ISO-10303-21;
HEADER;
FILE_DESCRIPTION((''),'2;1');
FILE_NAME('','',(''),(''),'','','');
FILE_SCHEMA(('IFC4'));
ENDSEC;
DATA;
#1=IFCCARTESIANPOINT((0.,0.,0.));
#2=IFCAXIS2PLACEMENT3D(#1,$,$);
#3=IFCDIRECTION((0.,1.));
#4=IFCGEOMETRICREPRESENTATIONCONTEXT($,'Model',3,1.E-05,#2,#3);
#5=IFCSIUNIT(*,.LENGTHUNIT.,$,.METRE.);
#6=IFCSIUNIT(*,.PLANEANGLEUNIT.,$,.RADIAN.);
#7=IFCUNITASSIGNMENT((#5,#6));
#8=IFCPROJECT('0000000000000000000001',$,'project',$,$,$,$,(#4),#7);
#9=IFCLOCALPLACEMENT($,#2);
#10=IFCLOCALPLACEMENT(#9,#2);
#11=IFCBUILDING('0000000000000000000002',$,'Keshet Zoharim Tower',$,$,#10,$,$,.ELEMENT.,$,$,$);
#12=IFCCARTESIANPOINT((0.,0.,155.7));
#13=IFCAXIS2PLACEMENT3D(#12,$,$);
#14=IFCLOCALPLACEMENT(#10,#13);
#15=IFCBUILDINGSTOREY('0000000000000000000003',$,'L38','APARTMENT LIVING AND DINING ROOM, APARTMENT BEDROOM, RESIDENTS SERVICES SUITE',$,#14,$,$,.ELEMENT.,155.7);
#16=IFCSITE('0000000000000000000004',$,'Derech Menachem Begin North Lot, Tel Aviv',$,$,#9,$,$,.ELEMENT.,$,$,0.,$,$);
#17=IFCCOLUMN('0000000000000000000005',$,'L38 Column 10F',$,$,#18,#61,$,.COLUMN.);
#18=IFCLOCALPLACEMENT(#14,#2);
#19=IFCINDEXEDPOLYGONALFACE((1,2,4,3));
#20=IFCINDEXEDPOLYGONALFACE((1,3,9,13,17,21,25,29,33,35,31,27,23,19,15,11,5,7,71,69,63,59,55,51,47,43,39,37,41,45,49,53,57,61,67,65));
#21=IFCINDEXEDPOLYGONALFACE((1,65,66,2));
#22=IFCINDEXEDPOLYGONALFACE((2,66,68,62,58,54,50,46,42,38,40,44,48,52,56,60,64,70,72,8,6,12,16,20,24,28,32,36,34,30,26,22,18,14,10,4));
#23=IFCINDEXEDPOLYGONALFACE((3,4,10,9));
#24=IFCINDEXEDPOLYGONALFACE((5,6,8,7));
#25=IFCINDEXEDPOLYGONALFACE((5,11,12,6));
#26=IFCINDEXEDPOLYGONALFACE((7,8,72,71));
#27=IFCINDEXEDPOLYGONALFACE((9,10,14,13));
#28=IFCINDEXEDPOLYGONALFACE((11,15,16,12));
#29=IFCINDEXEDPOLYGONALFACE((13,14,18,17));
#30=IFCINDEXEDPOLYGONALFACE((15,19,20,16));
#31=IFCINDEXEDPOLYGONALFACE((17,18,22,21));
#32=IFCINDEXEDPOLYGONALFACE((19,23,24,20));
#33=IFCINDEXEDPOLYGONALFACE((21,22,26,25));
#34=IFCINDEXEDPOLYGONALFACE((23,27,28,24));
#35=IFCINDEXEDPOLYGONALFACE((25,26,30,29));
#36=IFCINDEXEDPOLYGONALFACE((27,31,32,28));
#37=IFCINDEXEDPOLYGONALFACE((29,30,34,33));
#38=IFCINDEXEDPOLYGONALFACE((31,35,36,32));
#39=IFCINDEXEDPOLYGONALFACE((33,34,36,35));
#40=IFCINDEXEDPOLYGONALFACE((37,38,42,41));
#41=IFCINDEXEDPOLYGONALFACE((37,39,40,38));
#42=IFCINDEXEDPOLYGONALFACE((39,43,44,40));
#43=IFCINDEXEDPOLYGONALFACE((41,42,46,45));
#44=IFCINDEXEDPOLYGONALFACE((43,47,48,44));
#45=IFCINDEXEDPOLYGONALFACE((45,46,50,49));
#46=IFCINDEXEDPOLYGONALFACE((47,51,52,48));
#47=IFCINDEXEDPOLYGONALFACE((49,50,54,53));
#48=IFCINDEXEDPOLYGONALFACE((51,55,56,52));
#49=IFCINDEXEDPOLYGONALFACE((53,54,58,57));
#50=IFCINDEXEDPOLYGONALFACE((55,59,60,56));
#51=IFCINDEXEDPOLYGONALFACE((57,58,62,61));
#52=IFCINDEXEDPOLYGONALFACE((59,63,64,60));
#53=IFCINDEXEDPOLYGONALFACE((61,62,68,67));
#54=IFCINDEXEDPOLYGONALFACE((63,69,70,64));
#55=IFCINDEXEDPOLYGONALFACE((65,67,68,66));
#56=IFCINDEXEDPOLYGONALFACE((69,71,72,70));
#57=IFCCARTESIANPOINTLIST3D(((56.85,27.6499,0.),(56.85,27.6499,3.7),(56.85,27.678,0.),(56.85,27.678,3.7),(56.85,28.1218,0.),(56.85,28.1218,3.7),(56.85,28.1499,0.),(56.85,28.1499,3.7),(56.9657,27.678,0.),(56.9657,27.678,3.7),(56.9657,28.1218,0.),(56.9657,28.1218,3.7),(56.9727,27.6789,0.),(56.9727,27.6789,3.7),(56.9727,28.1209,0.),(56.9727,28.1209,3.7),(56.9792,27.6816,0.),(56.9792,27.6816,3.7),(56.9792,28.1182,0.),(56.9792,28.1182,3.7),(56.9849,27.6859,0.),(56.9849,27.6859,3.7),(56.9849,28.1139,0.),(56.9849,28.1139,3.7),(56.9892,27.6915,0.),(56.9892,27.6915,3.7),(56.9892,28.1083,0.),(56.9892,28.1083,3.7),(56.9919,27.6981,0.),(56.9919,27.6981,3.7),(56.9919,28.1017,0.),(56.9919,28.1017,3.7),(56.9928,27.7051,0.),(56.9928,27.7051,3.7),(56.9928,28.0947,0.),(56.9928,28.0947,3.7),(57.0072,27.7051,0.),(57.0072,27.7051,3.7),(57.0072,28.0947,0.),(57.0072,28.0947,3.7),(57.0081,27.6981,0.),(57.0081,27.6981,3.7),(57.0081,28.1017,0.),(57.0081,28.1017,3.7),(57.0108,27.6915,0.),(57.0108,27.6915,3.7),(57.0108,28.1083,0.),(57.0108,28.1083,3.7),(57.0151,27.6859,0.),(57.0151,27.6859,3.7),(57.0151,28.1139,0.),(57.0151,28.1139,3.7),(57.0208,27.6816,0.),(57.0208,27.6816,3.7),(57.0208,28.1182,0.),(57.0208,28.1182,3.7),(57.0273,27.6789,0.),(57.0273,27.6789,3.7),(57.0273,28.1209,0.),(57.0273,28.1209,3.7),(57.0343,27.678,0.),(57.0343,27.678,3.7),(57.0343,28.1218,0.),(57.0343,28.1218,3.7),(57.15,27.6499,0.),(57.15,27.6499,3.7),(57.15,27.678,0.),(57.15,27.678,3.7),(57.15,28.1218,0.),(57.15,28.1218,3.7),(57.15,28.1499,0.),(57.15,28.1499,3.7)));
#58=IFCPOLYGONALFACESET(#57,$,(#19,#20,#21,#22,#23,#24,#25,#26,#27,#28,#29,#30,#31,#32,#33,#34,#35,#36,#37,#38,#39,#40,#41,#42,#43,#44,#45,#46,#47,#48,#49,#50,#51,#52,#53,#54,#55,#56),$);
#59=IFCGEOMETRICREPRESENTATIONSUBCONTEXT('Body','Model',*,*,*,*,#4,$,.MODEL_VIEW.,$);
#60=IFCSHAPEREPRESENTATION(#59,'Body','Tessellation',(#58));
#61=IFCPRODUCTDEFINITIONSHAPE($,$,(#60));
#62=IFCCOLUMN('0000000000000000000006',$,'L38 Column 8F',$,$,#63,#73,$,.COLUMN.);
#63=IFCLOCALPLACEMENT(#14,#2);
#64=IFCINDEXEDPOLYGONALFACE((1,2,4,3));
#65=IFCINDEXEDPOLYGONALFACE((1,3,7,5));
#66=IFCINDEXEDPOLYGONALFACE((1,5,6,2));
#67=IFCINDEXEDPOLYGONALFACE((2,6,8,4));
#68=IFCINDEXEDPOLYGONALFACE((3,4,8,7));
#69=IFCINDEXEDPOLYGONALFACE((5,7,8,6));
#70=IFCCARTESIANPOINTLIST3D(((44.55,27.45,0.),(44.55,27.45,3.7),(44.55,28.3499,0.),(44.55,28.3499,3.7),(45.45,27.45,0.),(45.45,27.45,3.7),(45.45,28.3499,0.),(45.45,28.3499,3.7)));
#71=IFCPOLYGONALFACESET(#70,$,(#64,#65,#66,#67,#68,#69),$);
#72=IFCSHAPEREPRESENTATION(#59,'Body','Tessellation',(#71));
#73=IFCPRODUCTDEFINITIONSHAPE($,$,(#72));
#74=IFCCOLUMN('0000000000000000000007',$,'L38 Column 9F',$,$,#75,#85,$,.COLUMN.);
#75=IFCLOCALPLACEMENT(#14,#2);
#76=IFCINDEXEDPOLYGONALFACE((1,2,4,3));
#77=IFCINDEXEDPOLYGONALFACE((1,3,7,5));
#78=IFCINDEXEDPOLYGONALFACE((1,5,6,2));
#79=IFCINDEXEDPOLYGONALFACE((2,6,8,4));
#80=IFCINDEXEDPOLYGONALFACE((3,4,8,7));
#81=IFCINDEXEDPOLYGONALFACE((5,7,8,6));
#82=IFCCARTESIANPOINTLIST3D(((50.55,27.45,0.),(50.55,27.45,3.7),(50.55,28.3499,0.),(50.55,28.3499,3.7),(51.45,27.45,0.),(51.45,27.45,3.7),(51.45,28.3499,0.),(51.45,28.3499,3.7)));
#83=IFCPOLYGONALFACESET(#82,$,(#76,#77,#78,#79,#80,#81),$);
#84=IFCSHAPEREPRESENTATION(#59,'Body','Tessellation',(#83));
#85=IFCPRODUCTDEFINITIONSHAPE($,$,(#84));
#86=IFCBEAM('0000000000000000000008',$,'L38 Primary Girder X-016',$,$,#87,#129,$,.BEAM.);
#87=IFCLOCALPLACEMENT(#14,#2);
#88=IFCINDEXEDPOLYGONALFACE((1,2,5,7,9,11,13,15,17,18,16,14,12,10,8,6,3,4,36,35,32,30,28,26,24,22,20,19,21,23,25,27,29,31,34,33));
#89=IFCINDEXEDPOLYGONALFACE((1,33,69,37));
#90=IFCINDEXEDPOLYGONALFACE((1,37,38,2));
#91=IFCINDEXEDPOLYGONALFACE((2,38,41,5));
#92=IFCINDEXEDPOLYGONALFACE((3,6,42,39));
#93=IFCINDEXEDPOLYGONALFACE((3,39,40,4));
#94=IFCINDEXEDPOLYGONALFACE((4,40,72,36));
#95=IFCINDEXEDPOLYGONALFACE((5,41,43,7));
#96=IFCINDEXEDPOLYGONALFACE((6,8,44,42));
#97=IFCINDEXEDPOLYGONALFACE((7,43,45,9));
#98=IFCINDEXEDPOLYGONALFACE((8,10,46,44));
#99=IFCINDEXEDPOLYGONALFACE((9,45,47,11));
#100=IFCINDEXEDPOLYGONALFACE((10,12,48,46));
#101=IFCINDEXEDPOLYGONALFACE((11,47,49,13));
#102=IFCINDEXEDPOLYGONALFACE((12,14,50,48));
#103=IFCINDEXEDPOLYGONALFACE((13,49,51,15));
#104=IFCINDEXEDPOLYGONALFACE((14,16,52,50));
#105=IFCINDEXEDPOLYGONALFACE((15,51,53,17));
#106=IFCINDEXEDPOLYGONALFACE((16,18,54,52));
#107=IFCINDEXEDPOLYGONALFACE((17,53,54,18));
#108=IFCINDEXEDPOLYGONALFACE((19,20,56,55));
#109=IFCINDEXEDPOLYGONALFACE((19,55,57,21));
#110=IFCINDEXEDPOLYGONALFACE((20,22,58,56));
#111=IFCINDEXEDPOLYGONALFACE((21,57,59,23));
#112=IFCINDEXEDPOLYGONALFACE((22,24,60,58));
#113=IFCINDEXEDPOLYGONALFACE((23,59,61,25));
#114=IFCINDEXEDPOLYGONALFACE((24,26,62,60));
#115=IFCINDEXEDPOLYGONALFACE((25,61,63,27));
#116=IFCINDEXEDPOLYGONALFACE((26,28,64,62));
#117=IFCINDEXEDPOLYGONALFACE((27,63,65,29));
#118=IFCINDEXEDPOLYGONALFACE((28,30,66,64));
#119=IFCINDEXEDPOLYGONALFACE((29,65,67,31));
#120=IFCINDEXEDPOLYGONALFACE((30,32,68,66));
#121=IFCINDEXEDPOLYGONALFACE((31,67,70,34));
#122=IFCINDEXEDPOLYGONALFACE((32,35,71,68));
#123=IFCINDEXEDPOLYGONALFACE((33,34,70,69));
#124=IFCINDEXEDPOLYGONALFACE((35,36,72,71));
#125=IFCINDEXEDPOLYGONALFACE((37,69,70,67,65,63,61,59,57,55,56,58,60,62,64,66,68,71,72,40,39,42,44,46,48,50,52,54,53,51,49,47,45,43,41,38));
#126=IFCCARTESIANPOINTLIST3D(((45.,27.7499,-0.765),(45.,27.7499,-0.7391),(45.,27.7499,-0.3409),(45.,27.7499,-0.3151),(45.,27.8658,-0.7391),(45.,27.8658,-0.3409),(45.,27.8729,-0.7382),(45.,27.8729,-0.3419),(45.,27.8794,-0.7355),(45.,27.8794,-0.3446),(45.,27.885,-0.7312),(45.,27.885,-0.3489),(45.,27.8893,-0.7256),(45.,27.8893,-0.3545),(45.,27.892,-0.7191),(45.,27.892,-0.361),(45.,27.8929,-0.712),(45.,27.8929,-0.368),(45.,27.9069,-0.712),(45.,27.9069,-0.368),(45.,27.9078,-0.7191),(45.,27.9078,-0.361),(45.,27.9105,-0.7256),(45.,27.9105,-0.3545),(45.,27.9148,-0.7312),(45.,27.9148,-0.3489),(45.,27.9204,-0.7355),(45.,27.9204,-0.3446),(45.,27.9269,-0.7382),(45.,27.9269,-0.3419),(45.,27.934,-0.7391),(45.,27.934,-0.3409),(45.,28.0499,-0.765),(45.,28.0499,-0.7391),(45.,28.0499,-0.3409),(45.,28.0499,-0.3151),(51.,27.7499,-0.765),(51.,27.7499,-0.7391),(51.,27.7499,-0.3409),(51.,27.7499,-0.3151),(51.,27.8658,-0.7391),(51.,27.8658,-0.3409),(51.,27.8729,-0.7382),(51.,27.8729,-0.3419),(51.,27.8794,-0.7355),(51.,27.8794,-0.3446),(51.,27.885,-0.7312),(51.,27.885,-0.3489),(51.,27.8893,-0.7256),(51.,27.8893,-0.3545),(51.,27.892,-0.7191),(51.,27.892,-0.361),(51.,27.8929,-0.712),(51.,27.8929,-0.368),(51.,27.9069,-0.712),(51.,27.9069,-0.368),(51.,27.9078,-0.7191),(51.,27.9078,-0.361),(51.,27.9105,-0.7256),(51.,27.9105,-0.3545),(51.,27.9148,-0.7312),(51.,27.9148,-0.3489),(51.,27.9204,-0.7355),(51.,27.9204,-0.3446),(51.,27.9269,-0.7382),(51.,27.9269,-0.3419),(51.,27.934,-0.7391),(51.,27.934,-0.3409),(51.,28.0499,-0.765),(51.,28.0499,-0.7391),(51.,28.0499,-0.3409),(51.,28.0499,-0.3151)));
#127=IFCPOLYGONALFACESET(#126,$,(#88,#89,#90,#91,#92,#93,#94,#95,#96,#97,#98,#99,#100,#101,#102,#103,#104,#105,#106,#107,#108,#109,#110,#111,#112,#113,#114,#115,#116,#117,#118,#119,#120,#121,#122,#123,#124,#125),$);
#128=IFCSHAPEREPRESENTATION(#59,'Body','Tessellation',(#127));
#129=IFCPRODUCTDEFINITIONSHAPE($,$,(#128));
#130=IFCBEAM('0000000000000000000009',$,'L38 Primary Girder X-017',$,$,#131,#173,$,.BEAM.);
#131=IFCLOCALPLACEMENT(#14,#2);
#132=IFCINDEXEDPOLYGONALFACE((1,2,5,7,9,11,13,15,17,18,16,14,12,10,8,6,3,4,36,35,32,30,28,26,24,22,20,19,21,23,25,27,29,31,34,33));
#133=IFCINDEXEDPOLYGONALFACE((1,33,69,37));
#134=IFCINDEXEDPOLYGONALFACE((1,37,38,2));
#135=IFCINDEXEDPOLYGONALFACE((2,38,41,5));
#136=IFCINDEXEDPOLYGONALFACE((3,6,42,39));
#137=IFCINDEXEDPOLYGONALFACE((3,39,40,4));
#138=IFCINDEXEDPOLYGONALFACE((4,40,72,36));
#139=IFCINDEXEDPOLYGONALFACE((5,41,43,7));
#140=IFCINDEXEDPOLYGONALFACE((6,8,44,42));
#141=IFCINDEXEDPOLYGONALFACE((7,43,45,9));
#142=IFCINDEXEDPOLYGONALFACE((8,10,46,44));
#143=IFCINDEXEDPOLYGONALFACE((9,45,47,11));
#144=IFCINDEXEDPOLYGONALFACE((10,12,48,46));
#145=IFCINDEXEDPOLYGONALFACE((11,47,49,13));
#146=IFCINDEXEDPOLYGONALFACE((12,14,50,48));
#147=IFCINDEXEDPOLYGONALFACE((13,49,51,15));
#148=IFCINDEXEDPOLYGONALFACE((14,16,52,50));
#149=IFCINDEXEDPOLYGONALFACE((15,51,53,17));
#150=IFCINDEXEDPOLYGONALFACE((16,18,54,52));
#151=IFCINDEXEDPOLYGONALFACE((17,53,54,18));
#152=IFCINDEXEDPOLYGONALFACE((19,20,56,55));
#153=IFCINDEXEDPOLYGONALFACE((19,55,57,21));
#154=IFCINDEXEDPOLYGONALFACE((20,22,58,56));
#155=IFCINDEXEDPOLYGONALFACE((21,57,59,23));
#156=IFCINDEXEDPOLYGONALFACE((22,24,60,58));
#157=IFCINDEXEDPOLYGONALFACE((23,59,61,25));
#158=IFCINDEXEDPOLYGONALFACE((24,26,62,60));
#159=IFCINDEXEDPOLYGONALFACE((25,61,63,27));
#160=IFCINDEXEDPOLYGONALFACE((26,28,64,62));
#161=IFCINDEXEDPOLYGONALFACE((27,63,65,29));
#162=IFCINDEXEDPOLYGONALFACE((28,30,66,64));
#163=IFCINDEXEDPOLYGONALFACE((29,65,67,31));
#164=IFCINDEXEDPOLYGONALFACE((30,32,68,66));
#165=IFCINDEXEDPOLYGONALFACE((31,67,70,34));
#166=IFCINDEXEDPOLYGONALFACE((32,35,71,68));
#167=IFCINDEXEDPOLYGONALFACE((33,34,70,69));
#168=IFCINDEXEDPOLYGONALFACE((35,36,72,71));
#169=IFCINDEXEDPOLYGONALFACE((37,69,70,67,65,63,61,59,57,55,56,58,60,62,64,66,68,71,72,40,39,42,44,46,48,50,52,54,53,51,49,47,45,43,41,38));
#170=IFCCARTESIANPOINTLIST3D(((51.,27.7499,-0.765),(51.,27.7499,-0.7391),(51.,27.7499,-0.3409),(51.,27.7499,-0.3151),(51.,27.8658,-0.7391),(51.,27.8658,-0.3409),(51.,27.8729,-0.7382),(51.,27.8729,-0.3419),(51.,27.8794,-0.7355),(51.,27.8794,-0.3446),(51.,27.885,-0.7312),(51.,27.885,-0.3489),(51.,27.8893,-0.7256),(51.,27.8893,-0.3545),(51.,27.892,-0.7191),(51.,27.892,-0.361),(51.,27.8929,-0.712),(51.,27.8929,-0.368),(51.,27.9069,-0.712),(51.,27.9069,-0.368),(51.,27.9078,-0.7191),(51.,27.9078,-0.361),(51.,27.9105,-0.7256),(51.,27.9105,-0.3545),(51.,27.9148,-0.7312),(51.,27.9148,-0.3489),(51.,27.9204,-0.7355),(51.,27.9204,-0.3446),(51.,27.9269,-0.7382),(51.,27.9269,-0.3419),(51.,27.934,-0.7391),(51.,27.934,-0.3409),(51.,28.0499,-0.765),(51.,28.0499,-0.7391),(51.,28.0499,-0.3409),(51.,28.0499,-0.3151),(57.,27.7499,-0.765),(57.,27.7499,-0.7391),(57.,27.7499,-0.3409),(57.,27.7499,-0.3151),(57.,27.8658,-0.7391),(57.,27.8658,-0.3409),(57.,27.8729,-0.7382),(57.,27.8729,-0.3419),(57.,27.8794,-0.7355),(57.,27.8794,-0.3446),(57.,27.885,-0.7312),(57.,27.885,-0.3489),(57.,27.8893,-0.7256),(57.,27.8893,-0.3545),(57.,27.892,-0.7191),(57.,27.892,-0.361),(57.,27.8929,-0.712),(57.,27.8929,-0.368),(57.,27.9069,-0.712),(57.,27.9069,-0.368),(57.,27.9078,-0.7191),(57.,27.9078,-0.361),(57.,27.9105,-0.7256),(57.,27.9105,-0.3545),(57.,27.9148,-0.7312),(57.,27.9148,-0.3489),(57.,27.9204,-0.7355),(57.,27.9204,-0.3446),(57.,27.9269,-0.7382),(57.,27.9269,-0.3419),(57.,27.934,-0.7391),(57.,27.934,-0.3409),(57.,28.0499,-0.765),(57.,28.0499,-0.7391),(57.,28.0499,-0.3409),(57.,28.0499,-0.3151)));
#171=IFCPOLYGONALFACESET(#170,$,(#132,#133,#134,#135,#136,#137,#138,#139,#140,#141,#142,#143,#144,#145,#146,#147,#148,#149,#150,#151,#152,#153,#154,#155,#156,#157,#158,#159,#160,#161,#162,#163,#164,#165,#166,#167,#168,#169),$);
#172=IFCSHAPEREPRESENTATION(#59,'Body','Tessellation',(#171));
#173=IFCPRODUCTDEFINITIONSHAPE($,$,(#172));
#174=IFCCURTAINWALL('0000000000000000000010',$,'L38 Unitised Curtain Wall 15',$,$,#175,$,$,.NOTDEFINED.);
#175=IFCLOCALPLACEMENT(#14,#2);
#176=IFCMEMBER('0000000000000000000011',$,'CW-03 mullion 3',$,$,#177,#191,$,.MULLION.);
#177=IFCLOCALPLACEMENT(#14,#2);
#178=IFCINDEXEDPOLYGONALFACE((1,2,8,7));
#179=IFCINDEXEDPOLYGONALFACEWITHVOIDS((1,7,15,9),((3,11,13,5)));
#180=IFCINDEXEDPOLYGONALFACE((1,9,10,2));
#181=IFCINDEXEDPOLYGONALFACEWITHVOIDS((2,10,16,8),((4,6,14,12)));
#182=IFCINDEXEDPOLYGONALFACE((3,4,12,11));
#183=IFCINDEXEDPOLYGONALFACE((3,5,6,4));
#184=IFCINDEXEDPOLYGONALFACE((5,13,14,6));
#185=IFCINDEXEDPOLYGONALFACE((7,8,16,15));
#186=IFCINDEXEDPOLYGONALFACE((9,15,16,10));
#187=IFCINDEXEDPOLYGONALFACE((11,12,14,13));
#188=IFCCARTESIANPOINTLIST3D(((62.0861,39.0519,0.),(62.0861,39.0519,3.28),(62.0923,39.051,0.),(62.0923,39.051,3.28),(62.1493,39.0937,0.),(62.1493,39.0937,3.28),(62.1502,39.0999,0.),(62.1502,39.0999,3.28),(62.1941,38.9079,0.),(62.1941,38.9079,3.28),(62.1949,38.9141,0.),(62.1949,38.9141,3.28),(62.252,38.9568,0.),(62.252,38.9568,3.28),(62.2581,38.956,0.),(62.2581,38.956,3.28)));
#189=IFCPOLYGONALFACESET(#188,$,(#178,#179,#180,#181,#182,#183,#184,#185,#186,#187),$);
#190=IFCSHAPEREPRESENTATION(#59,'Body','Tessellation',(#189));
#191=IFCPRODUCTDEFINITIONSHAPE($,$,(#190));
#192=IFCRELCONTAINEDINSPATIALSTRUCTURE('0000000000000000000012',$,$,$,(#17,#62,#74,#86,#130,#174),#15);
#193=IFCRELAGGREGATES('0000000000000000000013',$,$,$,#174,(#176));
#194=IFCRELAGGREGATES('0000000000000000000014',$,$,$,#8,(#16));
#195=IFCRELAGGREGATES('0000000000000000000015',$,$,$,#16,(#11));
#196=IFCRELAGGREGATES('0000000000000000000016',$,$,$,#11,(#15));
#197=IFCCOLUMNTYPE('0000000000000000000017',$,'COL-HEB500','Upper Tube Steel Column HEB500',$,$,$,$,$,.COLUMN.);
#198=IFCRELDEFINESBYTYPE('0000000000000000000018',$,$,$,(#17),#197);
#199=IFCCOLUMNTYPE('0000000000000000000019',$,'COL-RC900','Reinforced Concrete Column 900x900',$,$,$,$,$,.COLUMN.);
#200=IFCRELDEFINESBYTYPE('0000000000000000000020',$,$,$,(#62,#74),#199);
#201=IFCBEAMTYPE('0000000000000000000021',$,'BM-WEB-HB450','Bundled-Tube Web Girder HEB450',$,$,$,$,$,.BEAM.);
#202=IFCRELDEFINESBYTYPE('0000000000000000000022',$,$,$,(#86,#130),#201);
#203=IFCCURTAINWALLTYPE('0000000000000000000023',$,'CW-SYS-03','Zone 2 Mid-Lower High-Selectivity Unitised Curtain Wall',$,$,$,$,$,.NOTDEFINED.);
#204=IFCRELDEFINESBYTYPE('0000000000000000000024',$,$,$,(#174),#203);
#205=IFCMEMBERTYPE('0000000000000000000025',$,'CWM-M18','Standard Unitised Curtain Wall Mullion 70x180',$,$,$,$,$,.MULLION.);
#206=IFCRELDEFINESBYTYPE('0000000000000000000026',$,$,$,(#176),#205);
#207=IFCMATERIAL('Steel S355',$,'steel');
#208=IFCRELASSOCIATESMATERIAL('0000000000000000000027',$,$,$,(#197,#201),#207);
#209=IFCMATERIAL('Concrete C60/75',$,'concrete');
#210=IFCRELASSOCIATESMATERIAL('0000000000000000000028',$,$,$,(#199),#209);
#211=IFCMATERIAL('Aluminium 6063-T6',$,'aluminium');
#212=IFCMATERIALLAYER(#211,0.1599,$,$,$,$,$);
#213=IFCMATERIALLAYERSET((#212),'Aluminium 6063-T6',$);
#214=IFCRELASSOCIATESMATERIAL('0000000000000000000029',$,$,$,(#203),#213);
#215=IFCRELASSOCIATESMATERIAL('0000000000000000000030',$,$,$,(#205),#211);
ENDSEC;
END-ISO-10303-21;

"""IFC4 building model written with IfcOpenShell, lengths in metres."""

from ifc_helpers import new_model, si_unit, direction, frame, origin, origin_2d, place, context, subcontext, project, spatial, rectangle, hollow_rectangle, i_section, extrude, material, layer, layer_set, material_profile, profile_set, type_object, element, aggregate, save


model = new_model("IFC4")

# Units and contexts
model_context = context("Model", 3, precision=1e-05, world=origin(), true_north=direction((0.0, 1.0)))
body_context = subcontext(model_context, "Body", "Model", "MODEL_VIEW")
ifc_project = project(units=[si_unit("LENGTHUNIT", "METRE"), si_unit("PLANEANGLEUNIT", "RADIAN")], contexts=[model_context])

# Site, building, storey
site_placement = place(None, origin())
site = spatial("IfcSite", under=ifc_project, at=site_placement, Name="Derech Menachem Begin North Lot, Tel Aviv", CompositionType="ELEMENT", RefElevation=0.0)
building_placement = place(site_placement, origin())
building = spatial("IfcBuilding", under=site, at=building_placement, Name="Keshet Zoharim Tower", CompositionType="ELEMENT")
storey_placement = place(building_placement, frame((0.0, 0.0, 155.7)))
storey = spatial("IfcBuildingStorey", under=building, at=storey_placement, Name="L38", Description="APARTMENT LIVING AND DINING ROOM, APARTMENT BEDROOM, RESIDENTS SERVICES SUITE", CompositionType="ELEMENT", Elevation=155.7)

# Columns
ifc_material_1 = material(Name="Steel S355", Category="steel")
ifc_material_profile_1 = material_profile(ifc_material_1, i_section(OverallWidth=0.3, OverallDepth=0.5, WebThickness=0.0144, FlangeThickness=0.0281, FilletRadius=0.0271, at=origin_2d()), Name="HEB500")
ifc_profile_set_1 = profile_set([ifc_material_profile_1], Name="Steel S355")
column_type_1 = type_object("IfcColumnType", Name="COL-HEB500", Description="Upper Tube Steel Column HEB500", PredefinedType="COLUMN", material=ifc_profile_set_1)
column_placement = place(storey_placement, frame((57.0, 27.8999, 0.0), z_axis=(0.0, 0.0, 1.0), x_axis=(1.0, 0.0, 0.0)))
element("IfcColumn", 1, at=column_placement, inside=storey, type_object=column_type_1, Name="L38 Column 10F", PredefinedType="COLUMN", context=body_context, shape_type="SweptSolid", body=[
    extrude(i_section(OverallWidth=0.3, OverallDepth=0.5, WebThickness=0.0144, FlangeThickness=0.0281, FilletRadius=0.0271, at=origin_2d()), origin(), (0.0, 0.0, 1.0), 3.7),
])
ifc_material_2 = material(Name="Concrete C60/75", Category="concrete")
ifc_material_profile_2 = material_profile(ifc_material_2, rectangle(XDim=0.8999, YDim=0.8999, at=origin_2d()), Name="RC900x900")
ifc_profile_set_2 = profile_set([ifc_material_profile_2], Name="Concrete C60/75")
column_type_2 = type_object("IfcColumnType", Name="COL-RC900", Description="Reinforced Concrete Column 900x900", PredefinedType="COLUMN", material=ifc_profile_set_2)
for number, where, z_axis, x_axis, name in (
    (2, (45.0, 27.8999, 0.0), (0.0, 0.0, 1.0), (1.0, 0.0, 0.0), "L38 Column 8F"),
    (3, (51.0, 27.8999, 0.0), (0.0, 0.0, 1.0), (1.0, 0.0, 0.0), "L38 Column 9F"),
):
    element("IfcColumn", number, at=place(storey_placement, frame(where, z_axis=z_axis, x_axis=x_axis)), inside=storey, type_object=column_type_2, Name=name, PredefinedType="COLUMN", context=body_context, shape_type="SweptSolid", body=[
        extrude(rectangle(XDim=0.8999, YDim=0.8999, at=origin_2d()), origin(), (0.0, 0.0, 1.0), 3.7),
    ])

# Beams
ifc_material_profile_3 = material_profile(ifc_material_1, i_section(OverallWidth=0.3, OverallDepth=0.45, WebThickness=0.0139, FlangeThickness=0.0259, FilletRadius=0.0271, at=origin_2d()), Name="HEB450")
ifc_profile_set_3 = profile_set([ifc_material_profile_3], Name="Steel S355")
beam_type = type_object("IfcBeamType", Name="BM-WEB-HB450", Description="Bundled-Tube Web Girder HEB450", PredefinedType="BEAM", material=ifc_profile_set_3)
for number, where, z_axis, x_axis, name in (
    (4, (45.0, 27.8999, -0.54), (1.0, 0.0, 0.0), (0.0, 1.0, 0.0), "L38 Primary Girder X-016"),
    (5, (51.0, 27.8999, -0.54), (1.0, 0.0, 0.0), (0.0, 1.0, 0.0), "L38 Primary Girder X-017"),
):
    element("IfcBeam", number, at=place(storey_placement, frame(where, z_axis=z_axis, x_axis=x_axis)), inside=storey, type_object=beam_type, Name=name, PredefinedType="BEAM", context=body_context, shape_type="SweptSolid", body=[
        extrude(i_section(OverallWidth=0.3, OverallDepth=0.45, WebThickness=0.0139, FlangeThickness=0.0259, FilletRadius=0.0271, at=origin_2d()), origin(), (0.0, 0.0, 1.0), 6.0),
    ])

# Curtain wall, member
ifc_material_3 = material(Name="Aluminium 6063-T6", Category="aluminium")
ifc_layer_1 = layer(ifc_material_3, 0.1599)
ifc_layer_set_1 = layer_set([ifc_layer_1], Name="Aluminium 6063-T6")
curtain_wall_type = type_object("IfcCurtainWallType", Name="CW-SYS-03", Description="Zone 2 Mid-Lower High-Selectivity Unitised Curtain Wall", PredefinedType="NOTDEFINED", material=ifc_layer_set_1)
curtain_wall_1_placement = place(storey_placement, origin())
curtain_wall_1 = element("IfcCurtainWall", 6, at=curtain_wall_1_placement, inside=storey, type_object=curtain_wall_type, Name="L38 Unitised Curtain Wall 15", PredefinedType="NOTDEFINED")
ifc_material_profile_4 = material_profile(ifc_material_3, hollow_rectangle(XDim=0.0801, YDim=0.1799, WallThickness=0.0044, at=origin_2d()), Name="MUL-80x180")
ifc_profile_set_4 = profile_set([ifc_material_profile_4], Name="Aluminium 6063-T6")
member_type_1 = type_object("IfcMemberType", Name="CWM-M18", Description="Standard Unitised Curtain Wall Mullion 70x180", PredefinedType="MULLION", material=ifc_profile_set_4)
member_1_placement = place(storey_placement, frame((62.1721, 39.0039, 0.0), z_axis=(0.0, 0.0, 1.0), x_axis=(0.8, 0.6, 0.0)))
member_1 = element("IfcMember", 7, at=member_1_placement, type_object=member_type_1, Name="CW-03 mullion 3", PredefinedType="MULLION", context=body_context, shape_type="SweptSolid", body=[
    extrude(hollow_rectangle(XDim=0.0801, YDim=0.1799, WallThickness=0.0044, at=origin_2d()), origin(), (0.0, 0.0, 1.0), 3.28),
])
aggregate(curtain_wall_1, [member_1])

save(model, "model.ifc")
